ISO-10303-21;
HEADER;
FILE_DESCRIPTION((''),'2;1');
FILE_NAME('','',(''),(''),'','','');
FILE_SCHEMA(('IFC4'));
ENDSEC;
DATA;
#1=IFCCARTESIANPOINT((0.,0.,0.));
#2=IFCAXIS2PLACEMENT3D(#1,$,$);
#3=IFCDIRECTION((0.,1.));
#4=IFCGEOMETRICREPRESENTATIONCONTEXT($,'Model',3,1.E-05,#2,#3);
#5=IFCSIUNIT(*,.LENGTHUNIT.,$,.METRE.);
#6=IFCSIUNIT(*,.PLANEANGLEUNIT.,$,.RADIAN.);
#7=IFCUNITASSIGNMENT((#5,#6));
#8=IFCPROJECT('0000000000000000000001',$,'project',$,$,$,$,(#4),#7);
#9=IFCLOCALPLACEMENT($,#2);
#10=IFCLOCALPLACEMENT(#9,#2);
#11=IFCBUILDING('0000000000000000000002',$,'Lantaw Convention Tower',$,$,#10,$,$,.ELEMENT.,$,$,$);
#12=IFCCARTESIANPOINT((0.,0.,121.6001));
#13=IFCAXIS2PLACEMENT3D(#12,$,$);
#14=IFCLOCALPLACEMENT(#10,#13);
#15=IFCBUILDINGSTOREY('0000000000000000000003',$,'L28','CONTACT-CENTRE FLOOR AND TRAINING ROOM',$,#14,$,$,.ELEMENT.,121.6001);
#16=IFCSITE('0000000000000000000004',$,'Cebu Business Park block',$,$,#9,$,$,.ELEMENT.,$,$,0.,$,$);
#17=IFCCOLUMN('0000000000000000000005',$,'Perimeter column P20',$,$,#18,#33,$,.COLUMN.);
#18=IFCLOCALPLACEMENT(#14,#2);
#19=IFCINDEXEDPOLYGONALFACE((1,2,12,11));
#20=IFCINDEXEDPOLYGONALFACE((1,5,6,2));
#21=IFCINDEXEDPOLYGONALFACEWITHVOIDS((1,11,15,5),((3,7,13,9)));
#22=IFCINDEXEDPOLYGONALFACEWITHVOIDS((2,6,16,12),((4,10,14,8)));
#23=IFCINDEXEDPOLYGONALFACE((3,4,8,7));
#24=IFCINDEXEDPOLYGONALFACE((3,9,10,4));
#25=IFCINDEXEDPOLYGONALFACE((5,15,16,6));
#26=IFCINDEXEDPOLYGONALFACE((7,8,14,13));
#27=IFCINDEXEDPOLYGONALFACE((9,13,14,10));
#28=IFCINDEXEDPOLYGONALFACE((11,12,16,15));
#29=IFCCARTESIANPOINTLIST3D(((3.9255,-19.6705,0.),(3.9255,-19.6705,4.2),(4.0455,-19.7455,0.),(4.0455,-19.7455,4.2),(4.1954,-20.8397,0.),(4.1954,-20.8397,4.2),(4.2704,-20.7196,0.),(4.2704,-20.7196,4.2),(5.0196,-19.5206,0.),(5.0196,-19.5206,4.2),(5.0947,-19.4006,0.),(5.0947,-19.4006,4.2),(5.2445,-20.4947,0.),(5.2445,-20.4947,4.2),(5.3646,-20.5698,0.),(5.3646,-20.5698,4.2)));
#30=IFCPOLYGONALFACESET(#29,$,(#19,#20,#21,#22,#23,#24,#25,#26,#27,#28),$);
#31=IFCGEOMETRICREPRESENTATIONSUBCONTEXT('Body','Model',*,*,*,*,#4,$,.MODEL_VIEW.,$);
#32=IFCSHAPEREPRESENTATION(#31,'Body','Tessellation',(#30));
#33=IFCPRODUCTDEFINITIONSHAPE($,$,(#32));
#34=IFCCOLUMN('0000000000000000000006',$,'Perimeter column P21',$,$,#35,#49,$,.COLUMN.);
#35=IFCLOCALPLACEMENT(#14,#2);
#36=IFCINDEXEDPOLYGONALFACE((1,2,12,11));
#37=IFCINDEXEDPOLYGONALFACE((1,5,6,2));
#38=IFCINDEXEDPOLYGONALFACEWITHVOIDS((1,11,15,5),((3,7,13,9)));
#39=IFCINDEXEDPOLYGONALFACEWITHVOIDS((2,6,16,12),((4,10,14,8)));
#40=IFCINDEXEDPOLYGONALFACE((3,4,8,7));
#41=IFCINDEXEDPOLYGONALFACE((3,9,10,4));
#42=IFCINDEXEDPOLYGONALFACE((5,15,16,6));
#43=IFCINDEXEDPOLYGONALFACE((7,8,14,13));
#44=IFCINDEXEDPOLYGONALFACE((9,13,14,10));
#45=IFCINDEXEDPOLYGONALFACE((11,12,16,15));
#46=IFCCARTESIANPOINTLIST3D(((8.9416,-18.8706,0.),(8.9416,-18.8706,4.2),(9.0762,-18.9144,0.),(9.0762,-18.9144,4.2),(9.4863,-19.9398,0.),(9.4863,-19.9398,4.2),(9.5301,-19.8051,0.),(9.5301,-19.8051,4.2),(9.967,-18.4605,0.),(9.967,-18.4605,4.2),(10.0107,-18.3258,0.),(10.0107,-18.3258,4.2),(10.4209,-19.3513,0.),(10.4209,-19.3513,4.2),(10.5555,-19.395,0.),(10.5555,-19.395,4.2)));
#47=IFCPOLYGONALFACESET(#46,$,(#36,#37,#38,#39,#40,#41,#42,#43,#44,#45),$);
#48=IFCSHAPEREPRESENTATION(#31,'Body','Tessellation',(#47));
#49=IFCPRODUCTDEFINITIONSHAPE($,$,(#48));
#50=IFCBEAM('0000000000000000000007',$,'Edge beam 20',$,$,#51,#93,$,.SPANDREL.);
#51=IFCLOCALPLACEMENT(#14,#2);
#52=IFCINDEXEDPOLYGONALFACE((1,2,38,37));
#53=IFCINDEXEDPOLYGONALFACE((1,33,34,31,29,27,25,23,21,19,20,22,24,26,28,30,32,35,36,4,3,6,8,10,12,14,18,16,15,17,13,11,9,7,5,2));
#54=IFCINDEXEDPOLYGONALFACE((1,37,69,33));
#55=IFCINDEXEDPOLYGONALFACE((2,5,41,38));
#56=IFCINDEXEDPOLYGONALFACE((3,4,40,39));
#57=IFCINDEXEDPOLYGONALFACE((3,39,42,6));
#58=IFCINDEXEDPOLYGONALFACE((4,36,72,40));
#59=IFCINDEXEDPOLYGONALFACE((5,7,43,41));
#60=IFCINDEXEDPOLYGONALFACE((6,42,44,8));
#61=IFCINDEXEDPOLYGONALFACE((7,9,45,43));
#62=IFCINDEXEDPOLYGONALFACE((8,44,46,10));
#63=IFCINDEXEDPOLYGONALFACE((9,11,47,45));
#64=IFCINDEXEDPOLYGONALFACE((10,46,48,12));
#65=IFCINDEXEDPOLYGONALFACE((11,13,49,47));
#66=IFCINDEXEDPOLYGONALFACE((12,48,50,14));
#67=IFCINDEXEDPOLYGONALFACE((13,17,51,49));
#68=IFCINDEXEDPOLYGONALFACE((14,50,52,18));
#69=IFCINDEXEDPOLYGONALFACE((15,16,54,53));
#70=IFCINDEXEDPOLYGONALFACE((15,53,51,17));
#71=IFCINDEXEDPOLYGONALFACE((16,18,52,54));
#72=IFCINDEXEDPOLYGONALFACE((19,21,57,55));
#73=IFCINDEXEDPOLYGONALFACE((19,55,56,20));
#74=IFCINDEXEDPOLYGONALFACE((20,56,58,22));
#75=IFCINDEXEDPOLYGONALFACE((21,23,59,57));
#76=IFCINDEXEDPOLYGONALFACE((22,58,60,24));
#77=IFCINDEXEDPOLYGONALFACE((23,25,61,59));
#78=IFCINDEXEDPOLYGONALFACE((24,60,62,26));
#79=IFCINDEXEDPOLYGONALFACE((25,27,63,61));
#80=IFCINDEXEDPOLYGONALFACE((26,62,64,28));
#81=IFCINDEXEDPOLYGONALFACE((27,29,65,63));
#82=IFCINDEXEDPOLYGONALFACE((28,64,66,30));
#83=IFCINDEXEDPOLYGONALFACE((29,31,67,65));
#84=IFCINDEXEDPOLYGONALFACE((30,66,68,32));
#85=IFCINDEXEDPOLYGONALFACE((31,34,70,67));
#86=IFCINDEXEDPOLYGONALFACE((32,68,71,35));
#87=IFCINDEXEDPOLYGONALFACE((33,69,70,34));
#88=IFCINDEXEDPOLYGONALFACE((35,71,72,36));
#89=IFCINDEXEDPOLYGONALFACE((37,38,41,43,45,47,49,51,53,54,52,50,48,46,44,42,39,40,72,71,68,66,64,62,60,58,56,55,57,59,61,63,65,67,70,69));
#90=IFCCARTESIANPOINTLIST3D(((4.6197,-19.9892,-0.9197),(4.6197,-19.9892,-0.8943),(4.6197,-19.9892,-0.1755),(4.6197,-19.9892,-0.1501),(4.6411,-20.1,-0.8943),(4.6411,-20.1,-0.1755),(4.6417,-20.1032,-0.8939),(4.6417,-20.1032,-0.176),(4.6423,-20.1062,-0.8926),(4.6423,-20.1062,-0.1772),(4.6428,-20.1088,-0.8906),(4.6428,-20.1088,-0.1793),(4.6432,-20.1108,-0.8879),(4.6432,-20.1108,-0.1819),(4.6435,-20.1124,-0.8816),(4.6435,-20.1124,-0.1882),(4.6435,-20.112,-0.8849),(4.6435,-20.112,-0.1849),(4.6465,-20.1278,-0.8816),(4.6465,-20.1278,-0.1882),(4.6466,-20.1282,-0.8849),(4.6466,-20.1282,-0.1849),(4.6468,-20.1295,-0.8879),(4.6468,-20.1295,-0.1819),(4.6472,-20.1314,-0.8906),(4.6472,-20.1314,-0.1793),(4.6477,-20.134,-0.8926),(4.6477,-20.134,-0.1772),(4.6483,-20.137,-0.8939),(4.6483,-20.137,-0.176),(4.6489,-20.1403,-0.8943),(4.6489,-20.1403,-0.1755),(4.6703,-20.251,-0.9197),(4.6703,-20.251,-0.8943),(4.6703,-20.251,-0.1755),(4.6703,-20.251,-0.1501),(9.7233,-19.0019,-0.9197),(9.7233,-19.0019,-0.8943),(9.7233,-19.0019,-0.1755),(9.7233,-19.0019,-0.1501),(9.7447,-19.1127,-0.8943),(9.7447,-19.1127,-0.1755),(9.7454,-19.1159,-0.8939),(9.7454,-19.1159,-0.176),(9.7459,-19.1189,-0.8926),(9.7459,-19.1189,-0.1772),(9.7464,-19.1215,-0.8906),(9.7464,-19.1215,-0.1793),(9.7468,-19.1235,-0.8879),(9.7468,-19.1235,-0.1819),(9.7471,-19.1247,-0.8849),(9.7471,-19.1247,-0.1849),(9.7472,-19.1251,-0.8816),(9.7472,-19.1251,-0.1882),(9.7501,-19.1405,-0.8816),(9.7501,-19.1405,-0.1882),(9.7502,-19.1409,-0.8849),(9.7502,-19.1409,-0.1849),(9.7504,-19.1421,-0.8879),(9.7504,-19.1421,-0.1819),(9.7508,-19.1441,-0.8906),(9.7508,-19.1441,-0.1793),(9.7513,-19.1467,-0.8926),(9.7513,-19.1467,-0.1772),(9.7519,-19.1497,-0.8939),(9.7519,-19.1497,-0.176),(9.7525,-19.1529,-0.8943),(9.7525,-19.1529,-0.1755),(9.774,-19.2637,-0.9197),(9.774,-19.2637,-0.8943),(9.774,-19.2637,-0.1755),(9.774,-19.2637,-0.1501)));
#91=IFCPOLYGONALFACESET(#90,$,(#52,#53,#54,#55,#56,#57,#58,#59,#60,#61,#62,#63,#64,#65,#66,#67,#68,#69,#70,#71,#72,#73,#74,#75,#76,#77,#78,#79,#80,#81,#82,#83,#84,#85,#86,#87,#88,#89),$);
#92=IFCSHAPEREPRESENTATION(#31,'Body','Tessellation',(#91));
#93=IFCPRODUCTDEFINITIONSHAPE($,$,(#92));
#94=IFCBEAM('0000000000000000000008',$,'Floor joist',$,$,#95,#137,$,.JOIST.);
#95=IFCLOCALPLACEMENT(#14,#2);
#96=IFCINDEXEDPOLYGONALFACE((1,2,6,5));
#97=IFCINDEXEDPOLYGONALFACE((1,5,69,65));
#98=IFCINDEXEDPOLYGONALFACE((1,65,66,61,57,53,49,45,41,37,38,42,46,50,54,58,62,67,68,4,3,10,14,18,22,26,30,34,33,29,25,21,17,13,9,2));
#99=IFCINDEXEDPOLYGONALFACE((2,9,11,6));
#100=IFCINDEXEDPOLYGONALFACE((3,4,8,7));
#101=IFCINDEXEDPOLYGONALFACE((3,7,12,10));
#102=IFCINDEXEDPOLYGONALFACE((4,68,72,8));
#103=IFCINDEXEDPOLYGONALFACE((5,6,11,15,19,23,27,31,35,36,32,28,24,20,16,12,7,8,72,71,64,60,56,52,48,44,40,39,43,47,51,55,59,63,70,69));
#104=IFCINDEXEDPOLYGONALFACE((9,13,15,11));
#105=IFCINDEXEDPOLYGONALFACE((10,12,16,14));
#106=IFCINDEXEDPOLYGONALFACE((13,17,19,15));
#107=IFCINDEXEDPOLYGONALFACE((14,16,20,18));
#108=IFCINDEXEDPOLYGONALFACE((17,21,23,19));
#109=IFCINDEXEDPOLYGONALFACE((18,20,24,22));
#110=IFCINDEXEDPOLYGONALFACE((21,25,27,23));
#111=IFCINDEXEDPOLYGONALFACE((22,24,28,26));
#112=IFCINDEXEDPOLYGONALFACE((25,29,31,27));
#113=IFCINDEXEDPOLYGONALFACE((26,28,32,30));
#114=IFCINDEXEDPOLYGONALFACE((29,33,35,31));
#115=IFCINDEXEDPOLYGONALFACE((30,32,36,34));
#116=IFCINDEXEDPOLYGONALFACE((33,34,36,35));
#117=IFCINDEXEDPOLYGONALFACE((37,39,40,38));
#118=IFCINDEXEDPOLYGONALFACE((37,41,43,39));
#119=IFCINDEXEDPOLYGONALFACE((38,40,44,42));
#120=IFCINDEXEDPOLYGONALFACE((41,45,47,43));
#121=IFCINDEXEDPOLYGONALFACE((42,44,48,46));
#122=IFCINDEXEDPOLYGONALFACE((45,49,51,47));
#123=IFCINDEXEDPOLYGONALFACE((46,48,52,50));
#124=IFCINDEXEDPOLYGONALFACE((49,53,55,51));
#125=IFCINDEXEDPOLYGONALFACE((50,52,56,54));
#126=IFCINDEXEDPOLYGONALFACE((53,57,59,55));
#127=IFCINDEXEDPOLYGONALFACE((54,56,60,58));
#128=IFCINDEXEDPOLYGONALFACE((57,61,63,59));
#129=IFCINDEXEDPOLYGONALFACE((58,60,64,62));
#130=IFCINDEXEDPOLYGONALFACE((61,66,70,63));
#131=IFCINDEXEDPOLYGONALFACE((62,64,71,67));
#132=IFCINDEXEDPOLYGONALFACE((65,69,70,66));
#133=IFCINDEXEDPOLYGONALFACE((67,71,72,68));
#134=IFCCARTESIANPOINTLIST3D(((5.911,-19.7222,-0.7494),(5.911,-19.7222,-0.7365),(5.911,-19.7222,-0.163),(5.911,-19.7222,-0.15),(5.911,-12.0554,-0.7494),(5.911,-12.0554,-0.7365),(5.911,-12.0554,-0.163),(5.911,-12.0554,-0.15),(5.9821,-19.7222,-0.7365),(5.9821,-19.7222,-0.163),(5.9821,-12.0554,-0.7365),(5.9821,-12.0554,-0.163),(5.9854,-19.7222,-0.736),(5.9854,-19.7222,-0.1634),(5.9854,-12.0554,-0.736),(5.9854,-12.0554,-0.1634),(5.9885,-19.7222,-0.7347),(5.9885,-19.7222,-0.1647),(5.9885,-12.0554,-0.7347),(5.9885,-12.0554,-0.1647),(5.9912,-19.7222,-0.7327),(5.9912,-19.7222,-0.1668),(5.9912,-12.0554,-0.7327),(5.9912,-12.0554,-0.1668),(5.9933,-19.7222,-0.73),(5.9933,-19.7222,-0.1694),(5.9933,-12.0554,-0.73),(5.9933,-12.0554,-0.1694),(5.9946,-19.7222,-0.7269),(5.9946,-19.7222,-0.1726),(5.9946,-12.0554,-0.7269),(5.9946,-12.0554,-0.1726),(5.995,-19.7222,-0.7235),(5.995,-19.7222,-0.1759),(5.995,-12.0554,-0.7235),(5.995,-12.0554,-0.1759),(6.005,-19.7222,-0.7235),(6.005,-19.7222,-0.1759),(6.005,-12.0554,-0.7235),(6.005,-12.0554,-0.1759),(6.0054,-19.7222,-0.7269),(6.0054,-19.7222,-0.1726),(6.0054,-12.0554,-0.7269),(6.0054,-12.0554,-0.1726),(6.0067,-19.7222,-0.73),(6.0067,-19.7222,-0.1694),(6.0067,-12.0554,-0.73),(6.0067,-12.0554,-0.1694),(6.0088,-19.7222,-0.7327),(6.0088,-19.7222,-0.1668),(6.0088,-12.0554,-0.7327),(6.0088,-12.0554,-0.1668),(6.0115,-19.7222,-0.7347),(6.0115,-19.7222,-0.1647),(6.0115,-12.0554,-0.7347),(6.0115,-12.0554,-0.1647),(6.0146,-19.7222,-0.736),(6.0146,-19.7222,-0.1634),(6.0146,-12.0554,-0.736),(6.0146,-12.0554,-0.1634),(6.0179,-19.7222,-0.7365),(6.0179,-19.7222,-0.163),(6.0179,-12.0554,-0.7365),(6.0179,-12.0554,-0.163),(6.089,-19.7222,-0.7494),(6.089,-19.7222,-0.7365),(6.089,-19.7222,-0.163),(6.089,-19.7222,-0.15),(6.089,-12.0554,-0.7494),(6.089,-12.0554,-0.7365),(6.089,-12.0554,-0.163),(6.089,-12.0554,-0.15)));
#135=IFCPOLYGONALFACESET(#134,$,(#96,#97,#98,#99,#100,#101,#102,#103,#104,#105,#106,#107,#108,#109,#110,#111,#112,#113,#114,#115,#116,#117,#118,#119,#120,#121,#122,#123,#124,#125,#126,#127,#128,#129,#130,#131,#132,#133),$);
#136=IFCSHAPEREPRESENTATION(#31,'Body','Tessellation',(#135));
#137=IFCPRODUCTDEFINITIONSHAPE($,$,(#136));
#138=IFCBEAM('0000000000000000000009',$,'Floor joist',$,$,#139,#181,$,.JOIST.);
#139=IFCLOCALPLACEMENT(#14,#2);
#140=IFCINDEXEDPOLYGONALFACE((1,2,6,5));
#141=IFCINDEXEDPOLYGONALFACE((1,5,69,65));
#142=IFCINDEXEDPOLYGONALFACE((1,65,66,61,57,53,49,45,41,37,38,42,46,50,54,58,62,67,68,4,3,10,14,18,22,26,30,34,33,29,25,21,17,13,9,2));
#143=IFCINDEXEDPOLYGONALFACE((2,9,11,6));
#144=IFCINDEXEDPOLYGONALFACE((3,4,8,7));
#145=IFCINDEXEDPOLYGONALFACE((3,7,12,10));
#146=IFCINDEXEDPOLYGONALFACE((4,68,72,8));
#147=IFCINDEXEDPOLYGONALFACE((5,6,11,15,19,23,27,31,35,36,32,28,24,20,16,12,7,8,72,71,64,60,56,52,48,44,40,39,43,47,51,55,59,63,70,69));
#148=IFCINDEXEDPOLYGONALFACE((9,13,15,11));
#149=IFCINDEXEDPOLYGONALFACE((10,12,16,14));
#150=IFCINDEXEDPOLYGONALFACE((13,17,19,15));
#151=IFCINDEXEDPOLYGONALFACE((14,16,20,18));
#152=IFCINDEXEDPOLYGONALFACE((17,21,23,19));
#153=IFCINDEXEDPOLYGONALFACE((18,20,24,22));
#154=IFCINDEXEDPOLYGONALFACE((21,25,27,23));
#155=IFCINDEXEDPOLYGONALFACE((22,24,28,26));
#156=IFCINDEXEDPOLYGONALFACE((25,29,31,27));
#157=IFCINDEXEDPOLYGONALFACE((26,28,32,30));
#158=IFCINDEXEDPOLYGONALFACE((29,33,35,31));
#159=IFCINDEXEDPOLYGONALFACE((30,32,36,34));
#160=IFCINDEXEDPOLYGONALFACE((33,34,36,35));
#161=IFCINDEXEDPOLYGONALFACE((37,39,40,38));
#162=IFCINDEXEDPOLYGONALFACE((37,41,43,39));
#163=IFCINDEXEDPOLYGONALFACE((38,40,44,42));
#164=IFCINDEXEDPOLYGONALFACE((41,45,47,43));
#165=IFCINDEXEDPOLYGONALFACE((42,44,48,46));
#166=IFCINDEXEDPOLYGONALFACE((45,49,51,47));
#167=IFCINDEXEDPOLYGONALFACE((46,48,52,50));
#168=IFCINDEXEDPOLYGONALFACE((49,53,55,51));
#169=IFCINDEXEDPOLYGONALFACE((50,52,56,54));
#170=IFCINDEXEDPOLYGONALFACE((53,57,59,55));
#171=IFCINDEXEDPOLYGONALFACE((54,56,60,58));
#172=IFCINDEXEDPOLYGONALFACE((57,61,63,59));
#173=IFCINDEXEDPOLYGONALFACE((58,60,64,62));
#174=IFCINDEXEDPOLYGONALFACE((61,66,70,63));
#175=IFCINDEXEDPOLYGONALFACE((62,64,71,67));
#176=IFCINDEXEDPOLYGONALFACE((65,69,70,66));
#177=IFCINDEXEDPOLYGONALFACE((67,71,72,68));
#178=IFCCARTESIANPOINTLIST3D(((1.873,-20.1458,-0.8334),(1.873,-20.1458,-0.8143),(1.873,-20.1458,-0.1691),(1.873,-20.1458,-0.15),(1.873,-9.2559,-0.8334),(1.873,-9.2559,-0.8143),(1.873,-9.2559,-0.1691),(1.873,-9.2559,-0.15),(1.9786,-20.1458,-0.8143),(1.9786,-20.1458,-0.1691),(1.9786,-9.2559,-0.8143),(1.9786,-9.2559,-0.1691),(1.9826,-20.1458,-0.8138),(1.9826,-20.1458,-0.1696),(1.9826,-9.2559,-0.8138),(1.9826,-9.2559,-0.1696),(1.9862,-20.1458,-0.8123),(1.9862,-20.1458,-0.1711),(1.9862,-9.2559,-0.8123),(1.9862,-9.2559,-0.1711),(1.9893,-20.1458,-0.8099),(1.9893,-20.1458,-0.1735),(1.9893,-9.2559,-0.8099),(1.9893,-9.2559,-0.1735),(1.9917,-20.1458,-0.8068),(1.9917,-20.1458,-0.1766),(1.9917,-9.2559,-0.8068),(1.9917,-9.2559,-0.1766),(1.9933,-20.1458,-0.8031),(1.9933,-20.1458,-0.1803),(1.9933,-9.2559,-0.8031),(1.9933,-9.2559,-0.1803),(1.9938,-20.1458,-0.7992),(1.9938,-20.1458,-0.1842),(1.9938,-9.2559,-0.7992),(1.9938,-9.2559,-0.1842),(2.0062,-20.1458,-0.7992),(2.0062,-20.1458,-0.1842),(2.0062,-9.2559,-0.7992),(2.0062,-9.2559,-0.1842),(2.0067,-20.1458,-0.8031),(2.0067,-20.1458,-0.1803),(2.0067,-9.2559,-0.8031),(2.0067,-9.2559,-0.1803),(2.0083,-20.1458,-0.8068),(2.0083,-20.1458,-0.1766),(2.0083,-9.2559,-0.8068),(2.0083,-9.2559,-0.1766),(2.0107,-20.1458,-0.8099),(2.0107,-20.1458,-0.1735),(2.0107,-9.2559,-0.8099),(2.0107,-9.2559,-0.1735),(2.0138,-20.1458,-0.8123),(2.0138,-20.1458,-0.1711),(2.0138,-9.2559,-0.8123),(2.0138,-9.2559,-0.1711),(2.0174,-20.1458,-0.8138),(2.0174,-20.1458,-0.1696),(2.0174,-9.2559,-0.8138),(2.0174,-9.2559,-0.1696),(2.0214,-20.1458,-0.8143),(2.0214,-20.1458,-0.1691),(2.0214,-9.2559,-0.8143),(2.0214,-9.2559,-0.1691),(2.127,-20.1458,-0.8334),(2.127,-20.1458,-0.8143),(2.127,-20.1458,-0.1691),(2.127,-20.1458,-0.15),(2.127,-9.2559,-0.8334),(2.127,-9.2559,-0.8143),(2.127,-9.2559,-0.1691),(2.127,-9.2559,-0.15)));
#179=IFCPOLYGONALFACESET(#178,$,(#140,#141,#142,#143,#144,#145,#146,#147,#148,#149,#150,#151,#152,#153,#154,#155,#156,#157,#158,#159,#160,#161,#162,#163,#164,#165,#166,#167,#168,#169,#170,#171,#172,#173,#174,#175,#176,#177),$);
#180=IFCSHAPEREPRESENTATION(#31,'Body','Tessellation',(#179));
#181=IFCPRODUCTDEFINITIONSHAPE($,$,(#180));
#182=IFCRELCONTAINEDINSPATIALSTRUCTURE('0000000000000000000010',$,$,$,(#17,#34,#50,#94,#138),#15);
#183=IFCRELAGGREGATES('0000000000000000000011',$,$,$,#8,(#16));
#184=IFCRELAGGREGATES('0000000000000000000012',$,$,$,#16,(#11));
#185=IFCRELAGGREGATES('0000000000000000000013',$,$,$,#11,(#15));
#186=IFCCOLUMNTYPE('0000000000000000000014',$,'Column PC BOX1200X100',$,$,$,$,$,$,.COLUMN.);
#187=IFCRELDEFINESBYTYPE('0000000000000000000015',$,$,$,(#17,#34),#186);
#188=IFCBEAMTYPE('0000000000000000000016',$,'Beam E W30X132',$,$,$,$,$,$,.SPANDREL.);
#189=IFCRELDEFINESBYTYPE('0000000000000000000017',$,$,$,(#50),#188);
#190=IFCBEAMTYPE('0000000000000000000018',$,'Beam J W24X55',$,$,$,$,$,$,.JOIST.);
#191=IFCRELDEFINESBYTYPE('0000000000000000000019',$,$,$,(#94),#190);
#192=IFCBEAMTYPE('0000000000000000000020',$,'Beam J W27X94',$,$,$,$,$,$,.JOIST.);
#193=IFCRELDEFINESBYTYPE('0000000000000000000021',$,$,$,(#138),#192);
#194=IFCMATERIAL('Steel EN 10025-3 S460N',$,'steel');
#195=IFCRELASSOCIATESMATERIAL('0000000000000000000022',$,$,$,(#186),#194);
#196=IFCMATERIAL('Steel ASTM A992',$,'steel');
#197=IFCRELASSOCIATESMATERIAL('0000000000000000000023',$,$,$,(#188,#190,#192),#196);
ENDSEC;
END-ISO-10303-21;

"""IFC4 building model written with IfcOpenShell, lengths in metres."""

from ifc_helpers import new_model, si_unit, direction, frame, origin, origin_2d, place, context, subcontext, project, spatial, rectangle, hollow_rectangle, i_section, extrude, material, material_profile, profile_set, type_object, element, save


model = new_model("IFC4")

# Units and contexts
model_context = context("Model", 3, precision=1e-05, world=origin(), true_north=direction((0.0, 1.0)))
body_context = subcontext(model_context, "Body", "Model", "MODEL_VIEW")
ifc_project = project(units=[si_unit("LENGTHUNIT", "METRE"), si_unit("PLANEANGLEUNIT", "RADIAN")], contexts=[model_context])

# Site, building, storey
site_placement = place(None, origin())
site = spatial("IfcSite", under=ifc_project, at=site_placement, Name="Cebu Business Park block", CompositionType="ELEMENT", RefElevation=0.0)
building_placement = place(site_placement, origin())
building = spatial("IfcBuilding", under=site, at=building_placement, Name="Lantaw Convention Tower", CompositionType="ELEMENT")
storey_placement = place(building_placement, frame((0.0, 0.0, 121.6001)))
storey = spatial("IfcBuildingStorey", under=building, at=storey_placement, Name="L28", Description="CONTACT-CENTRE FLOOR AND TRAINING ROOM", CompositionType="ELEMENT", Elevation=121.6001)

# Columns
ifc_material_1 = material(Name="Steel EN 10025-3 S460N", Category="steel")
ifc_material_profile_1 = material_profile(ifc_material_1, hollow_rectangle(XDim=1.2, YDim=1.2, WallThickness=0.1001, at=origin_2d()), Name="BOX1200X100")
ifc_material_2 = material(Name="Concrete C60/75", Category="concrete")
ifc_material_profile_2 = material_profile(ifc_material_2, rectangle(XDim=1.0, YDim=1.0, at=origin_2d()), Name="Concrete fill of BOX1200X100")
ifc_profile_set_1 = profile_set([ifc_material_profile_1, ifc_material_profile_2], Name="Steel EN 10025-3 S460N")
column_type = type_object("IfcColumnType", Name="Column PC BOX1200X100", PredefinedType="COLUMN", material=ifc_profile_set_1)
for number, where, z_axis, x_axis, name in (
    (1, (4.645, -20.1201, 0.0), (0.0, 0.0, 1.0), (0.97437, 0.224951, 0.0), "Perimeter column P20"),
    (2, (9.7485, -19.1328, 0.0), (0.0, 0.0, 1.0), (0.891007, 0.45399, 0.0), "Perimeter column P21"),
):
    element("IfcColumn", number, at=place(storey_placement, frame(where, z_axis=z_axis, x_axis=x_axis)), inside=storey, type_object=column_type, Name=name, PredefinedType="COLUMN", context=body_context, shape_type="SweptSolid", body=[
        extrude(hollow_rectangle(XDim=1.2, YDim=1.2, WallThickness=0.1001, at=origin_2d()), origin(), (0.0, 0.0, 1.0), 4.2),
    ])

# Beams
ifc_material_3 = material(Name="Steel ASTM A992", Category="steel")
ifc_material_profile_3 = material_profile(ifc_material_3, i_section(OverallWidth=0.2666, OverallDepth=0.7695, WebThickness=0.0156, FlangeThickness=0.0254, FilletRadius=0.0127, at=origin_2d()), Name="W30X132")
ifc_profile_set_2 = profile_set([ifc_material_profile_3], Name="Steel ASTM A992")
beam_type_1 = type_object("IfcBeamType", Name="Beam E W30X132", PredefinedType="SPANDREL", material=ifc_profile_set_2)
beam_1_placement = place(storey_placement, frame((4.645, -20.1201, -0.5349), z_axis=(0.981797, 0.189934, 0.0), x_axis=(-0.189934, 0.981797, 0.0)))
element("IfcBeam", 3, at=beam_1_placement, inside=storey, type_object=beam_type_1, Name="Edge beam 20", PredefinedType="SPANDREL", context=body_context, shape_type="SweptSolid", body=[
    extrude(i_section(OverallWidth=0.2666, OverallDepth=0.7695, WebThickness=0.0156, FlangeThickness=0.0254, FilletRadius=0.0127, at=origin_2d()), origin(), (0.0, 0.0, 1.0), 5.1982),
])
ifc_material_profile_4 = material_profile(ifc_material_3, i_section(OverallWidth=0.178, OverallDepth=0.5994, WebThickness=0.01, FlangeThickness=0.0129, FilletRadius=0.0129, at=origin_2d()), Name="W24X55")
ifc_profile_set_3 = profile_set([ifc_material_profile_4], Name="Steel ASTM A992")
beam_type_2 = type_object("IfcBeamType", Name="Beam J W24X55", PredefinedType="JOIST", material=ifc_profile_set_3)
beam_2_placement = place(storey_placement, frame((6.0, -19.7222, -0.4497), z_axis=(0.0, 1.0, 0.0), x_axis=(-1.0, 0.0, 0.0)))
element("IfcBeam", 4, at=beam_2_placement, inside=storey, type_object=beam_type_2, Name="Floor joist", PredefinedType="JOIST", context=body_context, shape_type="SweptSolid", body=[
    extrude(i_section(OverallWidth=0.178, OverallDepth=0.5994, WebThickness=0.01, FlangeThickness=0.0129, FilletRadius=0.0129, at=origin_2d()), origin(), (0.0, 0.0, 1.0), 7.6667),
])
ifc_material_profile_5 = material_profile(ifc_material_3, i_section(OverallWidth=0.2539, OverallDepth=0.6833, WebThickness=0.0125, FlangeThickness=0.019, FilletRadius=0.0151, at=origin_2d()), Name="W27X94")
ifc_profile_set_4 = profile_set([ifc_material_profile_5], Name="Steel ASTM A992")
beam_type_3 = type_object("IfcBeamType", Name="Beam J W27X94", PredefinedType="JOIST", material=ifc_profile_set_4)
beam_3_placement = place(storey_placement, frame((2.0, -20.1458, -0.4917), z_axis=(0.0, 1.0, 0.0), x_axis=(-1.0, 0.0, 0.0)))
element("IfcBeam", 5, at=beam_3_placement, inside=storey, type_object=beam_type_3, Name="Floor joist", PredefinedType="JOIST", context=body_context, shape_type="SweptSolid", body=[
    extrude(i_section(OverallWidth=0.2539, OverallDepth=0.6833, WebThickness=0.0125, FlangeThickness=0.019, FilletRadius=0.0151, at=origin_2d()), origin(), (0.0, 0.0, 1.0), 10.8899),
])

save(model, "model.ifc")
